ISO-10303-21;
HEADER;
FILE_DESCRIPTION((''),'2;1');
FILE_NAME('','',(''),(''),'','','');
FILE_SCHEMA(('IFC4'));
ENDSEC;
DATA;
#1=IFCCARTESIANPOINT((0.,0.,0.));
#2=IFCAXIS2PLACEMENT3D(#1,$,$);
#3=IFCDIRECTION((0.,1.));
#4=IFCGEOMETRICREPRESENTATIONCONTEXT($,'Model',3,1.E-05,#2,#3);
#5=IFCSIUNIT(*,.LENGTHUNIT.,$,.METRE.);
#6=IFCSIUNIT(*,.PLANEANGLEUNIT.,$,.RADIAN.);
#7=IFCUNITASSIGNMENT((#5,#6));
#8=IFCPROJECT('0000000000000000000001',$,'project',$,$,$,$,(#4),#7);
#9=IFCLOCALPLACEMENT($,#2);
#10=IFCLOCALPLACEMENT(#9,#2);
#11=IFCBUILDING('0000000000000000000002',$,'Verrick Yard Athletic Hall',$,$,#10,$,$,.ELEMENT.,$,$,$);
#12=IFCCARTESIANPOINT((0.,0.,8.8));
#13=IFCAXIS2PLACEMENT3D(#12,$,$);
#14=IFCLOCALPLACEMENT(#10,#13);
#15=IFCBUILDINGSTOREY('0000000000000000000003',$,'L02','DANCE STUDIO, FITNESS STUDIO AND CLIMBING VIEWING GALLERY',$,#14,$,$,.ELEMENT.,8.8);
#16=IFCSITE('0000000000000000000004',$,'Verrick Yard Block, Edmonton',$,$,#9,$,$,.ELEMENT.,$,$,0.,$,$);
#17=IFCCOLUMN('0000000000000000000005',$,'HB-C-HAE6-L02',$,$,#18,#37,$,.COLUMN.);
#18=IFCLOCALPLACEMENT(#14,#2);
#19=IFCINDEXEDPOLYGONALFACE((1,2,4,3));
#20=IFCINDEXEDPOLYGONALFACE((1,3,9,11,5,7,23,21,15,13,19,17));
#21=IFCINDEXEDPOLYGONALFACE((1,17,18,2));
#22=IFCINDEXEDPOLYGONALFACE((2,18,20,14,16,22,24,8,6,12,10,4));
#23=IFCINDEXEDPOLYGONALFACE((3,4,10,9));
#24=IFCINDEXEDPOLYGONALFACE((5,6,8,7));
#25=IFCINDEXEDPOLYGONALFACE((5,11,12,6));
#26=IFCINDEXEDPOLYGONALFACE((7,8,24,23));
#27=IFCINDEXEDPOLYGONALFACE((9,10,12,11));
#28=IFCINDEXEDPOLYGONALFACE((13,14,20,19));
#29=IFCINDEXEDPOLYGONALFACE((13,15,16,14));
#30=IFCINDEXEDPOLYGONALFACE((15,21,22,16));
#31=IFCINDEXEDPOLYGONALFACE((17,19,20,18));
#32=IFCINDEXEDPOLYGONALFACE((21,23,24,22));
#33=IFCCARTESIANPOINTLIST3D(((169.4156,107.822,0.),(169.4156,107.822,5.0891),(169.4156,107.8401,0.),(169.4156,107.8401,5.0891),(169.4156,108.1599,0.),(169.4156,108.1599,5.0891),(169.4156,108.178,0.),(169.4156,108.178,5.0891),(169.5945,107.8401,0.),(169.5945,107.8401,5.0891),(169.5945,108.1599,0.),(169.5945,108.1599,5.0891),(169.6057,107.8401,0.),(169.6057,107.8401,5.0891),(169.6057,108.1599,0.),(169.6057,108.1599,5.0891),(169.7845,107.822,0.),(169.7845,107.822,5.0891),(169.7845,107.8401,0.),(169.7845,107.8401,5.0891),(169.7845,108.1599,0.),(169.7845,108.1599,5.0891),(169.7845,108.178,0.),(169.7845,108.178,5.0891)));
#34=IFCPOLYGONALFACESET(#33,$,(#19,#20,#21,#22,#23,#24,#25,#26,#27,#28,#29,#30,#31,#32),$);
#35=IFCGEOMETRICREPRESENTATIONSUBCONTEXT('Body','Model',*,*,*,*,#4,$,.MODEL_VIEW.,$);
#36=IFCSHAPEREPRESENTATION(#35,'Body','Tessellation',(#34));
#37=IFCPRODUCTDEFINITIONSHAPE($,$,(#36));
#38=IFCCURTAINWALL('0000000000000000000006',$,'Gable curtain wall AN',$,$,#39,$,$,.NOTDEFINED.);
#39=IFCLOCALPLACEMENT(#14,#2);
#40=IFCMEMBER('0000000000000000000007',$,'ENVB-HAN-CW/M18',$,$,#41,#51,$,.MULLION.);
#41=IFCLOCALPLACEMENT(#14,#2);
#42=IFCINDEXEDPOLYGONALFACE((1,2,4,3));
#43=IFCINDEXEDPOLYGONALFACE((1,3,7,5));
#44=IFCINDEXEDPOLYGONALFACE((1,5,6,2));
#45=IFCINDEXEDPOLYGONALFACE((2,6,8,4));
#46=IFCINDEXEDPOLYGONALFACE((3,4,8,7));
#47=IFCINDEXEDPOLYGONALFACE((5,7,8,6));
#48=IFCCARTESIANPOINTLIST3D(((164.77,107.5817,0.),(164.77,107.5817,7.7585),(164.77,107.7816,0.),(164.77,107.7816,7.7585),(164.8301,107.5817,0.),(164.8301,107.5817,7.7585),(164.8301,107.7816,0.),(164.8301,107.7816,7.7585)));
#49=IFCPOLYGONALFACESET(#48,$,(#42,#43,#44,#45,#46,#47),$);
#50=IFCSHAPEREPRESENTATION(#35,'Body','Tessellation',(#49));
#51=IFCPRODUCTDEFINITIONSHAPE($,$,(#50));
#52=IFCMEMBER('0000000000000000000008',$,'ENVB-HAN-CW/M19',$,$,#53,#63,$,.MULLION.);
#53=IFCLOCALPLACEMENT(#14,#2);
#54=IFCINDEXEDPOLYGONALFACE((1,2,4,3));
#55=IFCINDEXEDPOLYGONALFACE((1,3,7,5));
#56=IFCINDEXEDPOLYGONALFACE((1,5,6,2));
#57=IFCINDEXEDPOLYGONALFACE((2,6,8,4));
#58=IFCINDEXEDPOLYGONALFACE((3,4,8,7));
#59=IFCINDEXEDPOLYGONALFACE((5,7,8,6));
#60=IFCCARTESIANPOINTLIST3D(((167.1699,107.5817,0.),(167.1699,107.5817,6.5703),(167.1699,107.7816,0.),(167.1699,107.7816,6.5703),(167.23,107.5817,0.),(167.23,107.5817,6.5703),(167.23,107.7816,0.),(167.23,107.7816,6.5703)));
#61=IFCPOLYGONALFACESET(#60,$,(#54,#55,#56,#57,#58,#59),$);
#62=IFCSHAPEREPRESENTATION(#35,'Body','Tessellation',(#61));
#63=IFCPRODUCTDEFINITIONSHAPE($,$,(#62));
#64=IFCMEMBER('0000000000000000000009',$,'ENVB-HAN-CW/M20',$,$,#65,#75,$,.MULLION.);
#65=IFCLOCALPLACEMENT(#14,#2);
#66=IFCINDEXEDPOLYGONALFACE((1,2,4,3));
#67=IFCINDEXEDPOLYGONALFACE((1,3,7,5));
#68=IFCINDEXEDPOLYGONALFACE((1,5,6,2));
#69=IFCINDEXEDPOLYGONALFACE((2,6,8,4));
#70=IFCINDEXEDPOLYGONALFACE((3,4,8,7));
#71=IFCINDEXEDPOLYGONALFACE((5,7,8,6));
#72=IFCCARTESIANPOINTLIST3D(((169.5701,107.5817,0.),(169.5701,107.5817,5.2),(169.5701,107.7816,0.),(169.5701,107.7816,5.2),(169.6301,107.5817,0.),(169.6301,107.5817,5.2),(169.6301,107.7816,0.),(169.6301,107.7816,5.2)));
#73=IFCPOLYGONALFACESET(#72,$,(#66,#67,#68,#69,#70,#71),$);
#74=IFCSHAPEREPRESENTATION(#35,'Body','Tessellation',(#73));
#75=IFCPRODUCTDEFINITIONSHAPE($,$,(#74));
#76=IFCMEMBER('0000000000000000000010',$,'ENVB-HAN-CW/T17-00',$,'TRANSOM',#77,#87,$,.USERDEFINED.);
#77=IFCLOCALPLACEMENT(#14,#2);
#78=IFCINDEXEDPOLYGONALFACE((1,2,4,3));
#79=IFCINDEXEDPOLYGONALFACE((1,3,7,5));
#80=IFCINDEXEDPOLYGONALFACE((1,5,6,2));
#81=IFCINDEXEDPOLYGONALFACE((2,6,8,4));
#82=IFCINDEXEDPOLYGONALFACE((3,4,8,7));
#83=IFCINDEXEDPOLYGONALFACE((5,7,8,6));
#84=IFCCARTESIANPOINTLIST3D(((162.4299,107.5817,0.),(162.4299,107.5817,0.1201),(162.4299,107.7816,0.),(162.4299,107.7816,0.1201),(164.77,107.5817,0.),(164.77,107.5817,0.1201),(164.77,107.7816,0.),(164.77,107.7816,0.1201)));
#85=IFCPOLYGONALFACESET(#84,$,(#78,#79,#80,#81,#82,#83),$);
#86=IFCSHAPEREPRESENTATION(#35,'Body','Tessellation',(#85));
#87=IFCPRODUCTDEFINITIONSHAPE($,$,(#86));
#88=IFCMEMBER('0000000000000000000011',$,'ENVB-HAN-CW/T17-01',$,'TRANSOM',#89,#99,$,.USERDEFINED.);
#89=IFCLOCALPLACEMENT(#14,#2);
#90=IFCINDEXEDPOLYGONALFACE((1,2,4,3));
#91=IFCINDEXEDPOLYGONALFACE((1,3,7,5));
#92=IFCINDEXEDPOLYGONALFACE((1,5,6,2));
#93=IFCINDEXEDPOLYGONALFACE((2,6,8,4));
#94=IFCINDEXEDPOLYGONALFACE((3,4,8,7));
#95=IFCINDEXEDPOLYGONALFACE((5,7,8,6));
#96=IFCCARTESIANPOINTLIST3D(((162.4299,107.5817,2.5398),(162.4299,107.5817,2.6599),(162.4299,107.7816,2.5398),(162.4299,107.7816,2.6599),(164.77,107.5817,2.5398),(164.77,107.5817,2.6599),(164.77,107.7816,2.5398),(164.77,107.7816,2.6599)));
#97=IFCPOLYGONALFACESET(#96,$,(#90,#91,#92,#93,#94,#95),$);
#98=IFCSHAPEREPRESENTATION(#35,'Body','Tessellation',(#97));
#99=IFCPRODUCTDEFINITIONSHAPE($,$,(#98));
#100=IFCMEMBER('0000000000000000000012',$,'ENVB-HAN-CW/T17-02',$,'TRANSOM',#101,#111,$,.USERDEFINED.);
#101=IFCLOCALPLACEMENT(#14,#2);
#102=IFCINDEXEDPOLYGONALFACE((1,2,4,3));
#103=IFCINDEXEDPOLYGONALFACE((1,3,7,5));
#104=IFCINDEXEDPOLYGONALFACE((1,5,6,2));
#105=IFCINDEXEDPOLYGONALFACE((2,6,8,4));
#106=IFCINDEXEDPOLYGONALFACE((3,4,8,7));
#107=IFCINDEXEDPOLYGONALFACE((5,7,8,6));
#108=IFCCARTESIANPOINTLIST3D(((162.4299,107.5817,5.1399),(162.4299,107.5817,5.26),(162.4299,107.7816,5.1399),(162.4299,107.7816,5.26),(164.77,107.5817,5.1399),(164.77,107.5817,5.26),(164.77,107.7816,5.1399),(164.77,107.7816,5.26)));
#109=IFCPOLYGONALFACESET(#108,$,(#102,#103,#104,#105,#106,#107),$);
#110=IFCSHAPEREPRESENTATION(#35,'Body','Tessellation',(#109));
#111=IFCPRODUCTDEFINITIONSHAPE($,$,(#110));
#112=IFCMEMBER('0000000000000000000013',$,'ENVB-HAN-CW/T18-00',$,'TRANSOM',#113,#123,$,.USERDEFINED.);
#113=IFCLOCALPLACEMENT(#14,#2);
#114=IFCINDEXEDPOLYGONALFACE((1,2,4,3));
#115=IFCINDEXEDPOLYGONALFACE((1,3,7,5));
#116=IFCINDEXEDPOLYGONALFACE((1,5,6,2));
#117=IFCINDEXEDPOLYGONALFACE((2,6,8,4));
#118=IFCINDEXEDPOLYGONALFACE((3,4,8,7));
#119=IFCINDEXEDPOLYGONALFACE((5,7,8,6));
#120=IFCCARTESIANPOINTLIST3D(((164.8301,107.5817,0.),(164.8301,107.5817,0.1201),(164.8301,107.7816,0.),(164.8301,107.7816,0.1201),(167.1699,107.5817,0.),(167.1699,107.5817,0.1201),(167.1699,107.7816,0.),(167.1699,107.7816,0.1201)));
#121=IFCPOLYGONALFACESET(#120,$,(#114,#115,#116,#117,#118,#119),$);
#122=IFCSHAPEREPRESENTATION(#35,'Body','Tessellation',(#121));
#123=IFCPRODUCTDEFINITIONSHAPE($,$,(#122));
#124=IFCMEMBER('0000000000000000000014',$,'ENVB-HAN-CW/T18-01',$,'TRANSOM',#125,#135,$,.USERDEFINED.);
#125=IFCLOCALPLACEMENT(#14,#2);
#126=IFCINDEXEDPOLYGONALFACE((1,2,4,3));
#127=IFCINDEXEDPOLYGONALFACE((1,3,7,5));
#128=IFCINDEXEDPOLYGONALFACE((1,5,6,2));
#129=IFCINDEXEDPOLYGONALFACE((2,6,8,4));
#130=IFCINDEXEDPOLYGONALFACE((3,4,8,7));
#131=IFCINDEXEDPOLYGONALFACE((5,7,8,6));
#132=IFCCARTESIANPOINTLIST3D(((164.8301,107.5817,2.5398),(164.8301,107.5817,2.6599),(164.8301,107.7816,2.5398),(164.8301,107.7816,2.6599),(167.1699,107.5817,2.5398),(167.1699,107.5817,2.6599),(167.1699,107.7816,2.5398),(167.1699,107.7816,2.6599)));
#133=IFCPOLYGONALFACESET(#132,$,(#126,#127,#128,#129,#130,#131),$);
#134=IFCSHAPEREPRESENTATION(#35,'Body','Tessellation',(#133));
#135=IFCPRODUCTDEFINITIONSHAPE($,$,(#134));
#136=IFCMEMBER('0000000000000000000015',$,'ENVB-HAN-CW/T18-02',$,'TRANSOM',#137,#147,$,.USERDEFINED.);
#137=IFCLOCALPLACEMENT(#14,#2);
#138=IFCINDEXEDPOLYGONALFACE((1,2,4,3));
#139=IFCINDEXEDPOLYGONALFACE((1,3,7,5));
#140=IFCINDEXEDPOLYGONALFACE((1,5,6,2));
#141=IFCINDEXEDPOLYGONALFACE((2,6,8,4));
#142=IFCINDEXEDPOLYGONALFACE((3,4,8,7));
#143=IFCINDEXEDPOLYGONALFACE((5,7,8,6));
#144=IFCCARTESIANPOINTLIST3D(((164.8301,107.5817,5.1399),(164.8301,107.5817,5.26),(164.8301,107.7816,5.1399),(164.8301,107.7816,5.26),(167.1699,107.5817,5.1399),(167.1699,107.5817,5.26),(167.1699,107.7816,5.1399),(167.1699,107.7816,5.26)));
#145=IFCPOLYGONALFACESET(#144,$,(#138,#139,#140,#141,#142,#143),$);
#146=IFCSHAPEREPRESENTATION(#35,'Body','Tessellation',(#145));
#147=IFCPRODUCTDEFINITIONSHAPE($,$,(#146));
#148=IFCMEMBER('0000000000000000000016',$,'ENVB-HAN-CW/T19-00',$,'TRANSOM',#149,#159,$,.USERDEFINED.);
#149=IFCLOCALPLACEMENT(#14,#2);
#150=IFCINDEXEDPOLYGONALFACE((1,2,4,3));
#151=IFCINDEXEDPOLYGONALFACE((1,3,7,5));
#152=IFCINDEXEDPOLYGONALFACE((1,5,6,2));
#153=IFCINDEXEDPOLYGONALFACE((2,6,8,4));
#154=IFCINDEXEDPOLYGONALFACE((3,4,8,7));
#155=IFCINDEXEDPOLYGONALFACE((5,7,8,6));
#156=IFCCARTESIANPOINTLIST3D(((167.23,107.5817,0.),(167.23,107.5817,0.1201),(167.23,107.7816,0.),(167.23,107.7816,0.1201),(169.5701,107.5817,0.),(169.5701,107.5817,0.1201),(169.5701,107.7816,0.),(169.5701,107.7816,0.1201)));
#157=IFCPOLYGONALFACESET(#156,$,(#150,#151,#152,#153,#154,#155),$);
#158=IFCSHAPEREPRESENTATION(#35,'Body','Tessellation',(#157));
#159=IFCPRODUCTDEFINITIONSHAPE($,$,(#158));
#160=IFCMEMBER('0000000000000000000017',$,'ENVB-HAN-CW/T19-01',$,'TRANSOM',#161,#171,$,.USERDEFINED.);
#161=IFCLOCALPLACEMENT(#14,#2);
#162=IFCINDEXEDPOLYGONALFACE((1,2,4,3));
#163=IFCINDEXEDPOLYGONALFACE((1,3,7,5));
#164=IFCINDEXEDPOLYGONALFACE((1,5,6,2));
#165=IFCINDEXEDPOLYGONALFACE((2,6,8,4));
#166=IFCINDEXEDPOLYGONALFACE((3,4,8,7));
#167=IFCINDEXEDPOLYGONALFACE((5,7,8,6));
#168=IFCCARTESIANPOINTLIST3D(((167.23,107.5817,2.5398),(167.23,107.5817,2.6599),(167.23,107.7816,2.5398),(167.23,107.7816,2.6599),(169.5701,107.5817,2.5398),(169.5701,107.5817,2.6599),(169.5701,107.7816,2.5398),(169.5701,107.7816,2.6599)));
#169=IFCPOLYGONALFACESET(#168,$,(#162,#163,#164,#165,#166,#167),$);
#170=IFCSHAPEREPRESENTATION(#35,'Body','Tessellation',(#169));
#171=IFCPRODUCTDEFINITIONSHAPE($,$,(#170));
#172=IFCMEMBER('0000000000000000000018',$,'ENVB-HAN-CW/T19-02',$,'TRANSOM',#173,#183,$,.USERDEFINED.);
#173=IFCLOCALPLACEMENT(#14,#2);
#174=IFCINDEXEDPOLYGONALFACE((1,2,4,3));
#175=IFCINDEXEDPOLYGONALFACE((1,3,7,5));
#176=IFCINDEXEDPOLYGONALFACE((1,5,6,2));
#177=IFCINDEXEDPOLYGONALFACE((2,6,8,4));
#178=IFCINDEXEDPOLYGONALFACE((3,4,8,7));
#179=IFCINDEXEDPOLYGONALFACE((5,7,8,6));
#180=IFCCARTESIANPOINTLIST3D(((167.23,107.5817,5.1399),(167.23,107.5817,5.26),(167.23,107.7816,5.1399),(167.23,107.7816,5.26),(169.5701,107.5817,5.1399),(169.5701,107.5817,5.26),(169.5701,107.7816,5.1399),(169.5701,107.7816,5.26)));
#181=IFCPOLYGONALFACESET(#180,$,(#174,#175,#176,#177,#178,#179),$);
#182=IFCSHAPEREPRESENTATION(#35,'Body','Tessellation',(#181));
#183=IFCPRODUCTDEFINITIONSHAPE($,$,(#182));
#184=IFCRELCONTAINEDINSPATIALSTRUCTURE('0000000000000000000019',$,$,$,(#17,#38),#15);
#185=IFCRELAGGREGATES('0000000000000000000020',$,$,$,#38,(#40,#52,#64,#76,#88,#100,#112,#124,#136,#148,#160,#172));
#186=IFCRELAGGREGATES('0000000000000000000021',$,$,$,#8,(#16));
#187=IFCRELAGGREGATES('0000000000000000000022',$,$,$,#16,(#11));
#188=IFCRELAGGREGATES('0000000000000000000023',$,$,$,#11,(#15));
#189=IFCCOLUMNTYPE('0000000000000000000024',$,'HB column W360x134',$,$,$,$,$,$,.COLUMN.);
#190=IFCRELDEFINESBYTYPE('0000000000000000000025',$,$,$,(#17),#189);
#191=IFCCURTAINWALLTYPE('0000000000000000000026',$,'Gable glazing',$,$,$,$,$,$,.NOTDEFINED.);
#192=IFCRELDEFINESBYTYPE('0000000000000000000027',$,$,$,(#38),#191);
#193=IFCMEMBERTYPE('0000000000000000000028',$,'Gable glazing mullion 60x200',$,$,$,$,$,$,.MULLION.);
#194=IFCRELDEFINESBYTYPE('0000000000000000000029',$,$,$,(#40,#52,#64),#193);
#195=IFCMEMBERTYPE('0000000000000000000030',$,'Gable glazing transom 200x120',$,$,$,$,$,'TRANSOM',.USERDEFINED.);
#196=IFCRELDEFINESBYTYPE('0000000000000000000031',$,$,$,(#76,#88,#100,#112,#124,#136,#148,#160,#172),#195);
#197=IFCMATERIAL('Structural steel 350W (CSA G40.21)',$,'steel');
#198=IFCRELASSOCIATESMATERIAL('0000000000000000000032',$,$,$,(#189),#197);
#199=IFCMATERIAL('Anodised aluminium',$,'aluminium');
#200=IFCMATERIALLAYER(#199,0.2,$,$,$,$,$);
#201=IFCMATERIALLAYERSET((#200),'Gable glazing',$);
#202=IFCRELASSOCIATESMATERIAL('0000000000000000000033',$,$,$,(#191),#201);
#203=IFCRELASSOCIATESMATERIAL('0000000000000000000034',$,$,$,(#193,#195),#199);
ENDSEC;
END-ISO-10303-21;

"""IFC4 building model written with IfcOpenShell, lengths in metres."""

from ifc_helpers import new_model, si_unit, direction, frame, origin, origin_2d, place, context, subcontext, project, spatial, rectangle, i_section, extrude, material, layer, layer_set, material_profile, profile_set, type_object, element, aggregate, save


model = new_model("IFC4")

# Units and contexts
model_context = context("Model", 3, precision=1e-05, world=origin(), true_north=direction((0.0, 1.0)))
body_context = subcontext(model_context, "Body", "Model", "MODEL_VIEW")
ifc_project = project(units=[si_unit("LENGTHUNIT", "METRE"), si_unit("PLANEANGLEUNIT", "RADIAN")], contexts=[model_context])

# Site, building, storey
site_placement = place(None, origin())
site = spatial("IfcSite", under=ifc_project, at=site_placement, Name="Verrick Yard Block, Edmonton", CompositionType="ELEMENT", RefElevation=0.0)
building_placement = place(site_placement, origin())
building = spatial("IfcBuilding", under=site, at=building_placement, Name="Verrick Yard Athletic Hall", CompositionType="ELEMENT")
storey_placement = place(building_placement, frame((0.0, 0.0, 8.8)))
storey = spatial("IfcBuildingStorey", under=building, at=storey_placement, Name="L02", Description="DANCE STUDIO, FITNESS STUDIO AND CLIMBING VIEWING GALLERY", CompositionType="ELEMENT", Elevation=8.8)

# Column
ifc_material_1 = material(Name="Structural steel 350W (CSA G40.21)", Category="steel")
ifc_material_profile_1 = material_profile(ifc_material_1, i_section(OverallWidth=0.3689, OverallDepth=0.356, WebThickness=0.0112, FlangeThickness=0.0181, at=origin_2d()), Name="W360x134")
ifc_profile_set_1 = profile_set([ifc_material_profile_1], Name="Structural steel 350W (CSA G40.21)")
column_type = type_object("IfcColumnType", Name="HB column W360x134", PredefinedType="COLUMN", material=ifc_profile_set_1)
column_placement = place(storey_placement, frame((169.6001, 108.0, 0.0), z_axis=(0.0, 0.0, 1.0), x_axis=(1.0, 0.0, 0.0)))
element("IfcColumn", 1, at=column_placement, inside=storey, type_object=column_type, Name="HB-C-HAE6-L02", PredefinedType="COLUMN", context=body_context, shape_type="SweptSolid", body=[
    extrude(i_section(OverallWidth=0.3689, OverallDepth=0.356, WebThickness=0.0112, FlangeThickness=0.0181, at=origin_2d()), origin(), (0.0, 0.0, 1.0), 5.0891),
])

# Curtain wall, members
ifc_material_2 = material(Name="Anodised aluminium", Category="aluminium")
ifc_layer_1 = layer(ifc_material_2, 0.2)
ifc_layer_set_1 = layer_set([ifc_layer_1], Name="Gable glazing")
curtain_wall_type = type_object("IfcCurtainWallType", Name="Gable glazing", PredefinedType="NOTDEFINED", material=ifc_layer_set_1)
curtain_wall_placement = place(storey_placement, origin())
curtain_wall = element("IfcCurtainWall", 2, at=curtain_wall_placement, inside=storey, type_object=curtain_wall_type, Name="Gable curtain wall AN", PredefinedType="NOTDEFINED")
ifc_material_profile_2 = material_profile(ifc_material_2, rectangle(XDim=0.2, YDim=0.0601, at=origin_2d()), Name="CW gable mullion 60x200")
ifc_profile_set_2 = profile_set([ifc_material_profile_2], Name="Anodised aluminium")
member_type_1 = type_object("IfcMemberType", Name="Gable glazing mullion 60x200", PredefinedType="MULLION", material=ifc_profile_set_2)
member_1_placement = place(storey_placement, frame((164.8, 107.6816, 0.0), z_axis=(0.0, 0.0, 1.0), x_axis=(0.0, 1.0, 0.0)))
member_1 = element("IfcMember", 3, at=member_1_placement, type_object=member_type_1, Name="ENVB-HAN-CW/M18", PredefinedType="MULLION", context=body_context, shape_type="SweptSolid", body=[
    extrude(rectangle(XDim=0.2, YDim=0.0601, at=origin_2d()), origin(), (0.0, 0.0, 1.0), 7.7585),
])
member_2_placement = place(storey_placement, frame((167.2, 107.6816, 0.0), z_axis=(0.0, 0.0, 1.0), x_axis=(0.0, 1.0, 0.0)))
member_2 = element("IfcMember", 4, at=member_2_placement, type_object=member_type_1, Name="ENVB-HAN-CW/M19", PredefinedType="MULLION", context=body_context, shape_type="SweptSolid", body=[
    extrude(rectangle(XDim=0.2, YDim=0.0601, at=origin_2d()), origin(), (0.0, 0.0, 1.0), 6.5703),
])
member_3_placement = place(storey_placement, frame((169.6001, 107.6816, 0.0), z_axis=(0.0, 0.0, 1.0), x_axis=(0.0, 1.0, 0.0)))
member_3 = element("IfcMember", 5, at=member_3_placement, type_object=member_type_1, Name="ENVB-HAN-CW/M20", PredefinedType="MULLION", context=body_context, shape_type="SweptSolid", body=[
    extrude(rectangle(XDim=0.2, YDim=0.0601, at=origin_2d()), origin(), (0.0, 0.0, 1.0), 5.2),
])
ifc_material_profile_3 = material_profile(ifc_material_2, rectangle(XDim=0.2, YDim=0.1201, at=origin_2d()), Name="CW gable transom 200x120")
ifc_profile_set_3 = profile_set([ifc_material_profile_3], Name="Anodised aluminium")
member_type_2 = type_object("IfcMemberType", Name="Gable glazing transom 200x120", ElementType="TRANSOM", PredefinedType="USERDEFINED", material=ifc_profile_set_3)
member_4_placement = place(storey_placement, frame((162.4299, 107.6816, 0.0601), z_axis=(1.0, 0.0, 0.0), x_axis=(0.0, 1.0, 0.0)))
member_4 = element("IfcMember", 6, at=member_4_placement, type_object=member_type_2, Name="ENVB-HAN-CW/T17-00", ObjectType="TRANSOM", PredefinedType="USERDEFINED", context=body_context, shape_type="SweptSolid", body=[
    extrude(rectangle(XDim=0.2, YDim=0.1201, at=origin_2d()), origin(), (0.0, 0.0, 1.0), 2.3401),
])
member_5_placement = place(storey_placement, frame((162.4299, 107.6816, 2.5999), z_axis=(1.0, 0.0, 0.0), x_axis=(0.0, 1.0, 0.0)))
member_5 = element("IfcMember", 7, at=member_5_placement, type_object=member_type_2, Name="ENVB-HAN-CW/T17-01", ObjectType="TRANSOM", PredefinedType="USERDEFINED", context=body_context, shape_type="SweptSolid", body=[
    extrude(rectangle(XDim=0.2, YDim=0.1201, at=origin_2d()), origin(), (0.0, 0.0, 1.0), 2.3401),
])
member_6_placement = place(storey_placement, frame((162.4299, 107.6816, 5.2), z_axis=(1.0, 0.0, 0.0), x_axis=(0.0, 1.0, 0.0)))
member_6 = element("IfcMember", 8, at=member_6_placement, type_object=member_type_2, Name="ENVB-HAN-CW/T17-02", ObjectType="TRANSOM", PredefinedType="USERDEFINED", context=body_context, shape_type="SweptSolid", body=[
    extrude(rectangle(XDim=0.2, YDim=0.1201, at=origin_2d()), origin(), (0.0, 0.0, 1.0), 2.3401),
])
member_7_placement = place(storey_placement, frame((164.8301, 107.6816, 0.0601), z_axis=(1.0, 0.0, 0.0), x_axis=(0.0, 1.0, 0.0)))
member_7 = element("IfcMember", 9, at=member_7_placement, type_object=member_type_2, Name="ENVB-HAN-CW/T18-00", ObjectType="TRANSOM", PredefinedType="USERDEFINED", context=body_context, shape_type="SweptSolid", body=[
    extrude(rectangle(XDim=0.2, YDim=0.1201, at=origin_2d()), origin(), (0.0, 0.0, 1.0), 2.3398),
])
member_8_placement = place(storey_placement, frame((164.8301, 107.6816, 2.5999), z_axis=(1.0, 0.0, 0.0), x_axis=(0.0, 1.0, 0.0)))
member_8 = element("IfcMember", 10, at=member_8_placement, type_object=member_type_2, Name="ENVB-HAN-CW/T18-01", ObjectType="TRANSOM", PredefinedType="USERDEFINED", context=body_context, shape_type="SweptSolid", body=[
    extrude(rectangle(XDim=0.2, YDim=0.1201, at=origin_2d()), origin(), (0.0, 0.0, 1.0), 2.3398),
])
member_9_placement = place(storey_placement, frame((164.8301, 107.6816, 5.2), z_axis=(1.0, 0.0, 0.0), x_axis=(0.0, 1.0, 0.0)))
member_9 = element("IfcMember", 11, at=member_9_placement, type_object=member_type_2, Name="ENVB-HAN-CW/T18-02", ObjectType="TRANSOM", PredefinedType="USERDEFINED", context=body_context, shape_type="SweptSolid", body=[
    extrude(rectangle(XDim=0.2, YDim=0.1201, at=origin_2d()), origin(), (0.0, 0.0, 1.0), 2.3398),
])
member_10_placement = place(storey_placement, frame((167.23, 107.6816, 0.0601), z_axis=(1.0, 0.0, 0.0), x_axis=(0.0, 1.0, 0.0)))
member_10 = element("IfcMember", 12, at=member_10_placement, type_object=member_type_2, Name="ENVB-HAN-CW/T19-00", ObjectType="TRANSOM", PredefinedType="USERDEFINED", context=body_context, shape_type="SweptSolid", body=[
    extrude(rectangle(XDim=0.2, YDim=0.1201, at=origin_2d()), origin(), (0.0, 0.0, 1.0), 2.3401),
])
member_11_placement = place(storey_placement, frame((167.23, 107.6816, 2.5999), z_axis=(1.0, 0.0, 0.0), x_axis=(0.0, 1.0, 0.0)))
member_11 = element("IfcMember", 13, at=member_11_placement, type_object=member_type_2, Name="ENVB-HAN-CW/T19-01", ObjectType="TRANSOM", PredefinedType="USERDEFINED", context=body_context, shape_type="SweptSolid", body=[
    extrude(rectangle(XDim=0.2, YDim=0.1201, at=origin_2d()), origin(), (0.0, 0.0, 1.0), 2.3401),
])
member_12_placement = place(storey_placement, frame((167.23, 107.6816, 5.2), z_axis=(1.0, 0.0, 0.0), x_axis=(0.0, 1.0, 0.0)))
member_12 = element("IfcMember", 14, at=member_12_placement, type_object=member_type_2, Name="ENVB-HAN-CW/T19-02", ObjectType="TRANSOM", PredefinedType="USERDEFINED", context=body_context, shape_type="SweptSolid", body=[
    extrude(rectangle(XDim=0.2, YDim=0.1201, at=origin_2d()), origin(), (0.0, 0.0, 1.0), 2.3401),
])
aggregate(curtain_wall, [member_1, member_2, member_3, member_4, member_5, member_6, member_7, member_8, member_9, member_10, member_11, member_12])

save(model, "model.ifc")
